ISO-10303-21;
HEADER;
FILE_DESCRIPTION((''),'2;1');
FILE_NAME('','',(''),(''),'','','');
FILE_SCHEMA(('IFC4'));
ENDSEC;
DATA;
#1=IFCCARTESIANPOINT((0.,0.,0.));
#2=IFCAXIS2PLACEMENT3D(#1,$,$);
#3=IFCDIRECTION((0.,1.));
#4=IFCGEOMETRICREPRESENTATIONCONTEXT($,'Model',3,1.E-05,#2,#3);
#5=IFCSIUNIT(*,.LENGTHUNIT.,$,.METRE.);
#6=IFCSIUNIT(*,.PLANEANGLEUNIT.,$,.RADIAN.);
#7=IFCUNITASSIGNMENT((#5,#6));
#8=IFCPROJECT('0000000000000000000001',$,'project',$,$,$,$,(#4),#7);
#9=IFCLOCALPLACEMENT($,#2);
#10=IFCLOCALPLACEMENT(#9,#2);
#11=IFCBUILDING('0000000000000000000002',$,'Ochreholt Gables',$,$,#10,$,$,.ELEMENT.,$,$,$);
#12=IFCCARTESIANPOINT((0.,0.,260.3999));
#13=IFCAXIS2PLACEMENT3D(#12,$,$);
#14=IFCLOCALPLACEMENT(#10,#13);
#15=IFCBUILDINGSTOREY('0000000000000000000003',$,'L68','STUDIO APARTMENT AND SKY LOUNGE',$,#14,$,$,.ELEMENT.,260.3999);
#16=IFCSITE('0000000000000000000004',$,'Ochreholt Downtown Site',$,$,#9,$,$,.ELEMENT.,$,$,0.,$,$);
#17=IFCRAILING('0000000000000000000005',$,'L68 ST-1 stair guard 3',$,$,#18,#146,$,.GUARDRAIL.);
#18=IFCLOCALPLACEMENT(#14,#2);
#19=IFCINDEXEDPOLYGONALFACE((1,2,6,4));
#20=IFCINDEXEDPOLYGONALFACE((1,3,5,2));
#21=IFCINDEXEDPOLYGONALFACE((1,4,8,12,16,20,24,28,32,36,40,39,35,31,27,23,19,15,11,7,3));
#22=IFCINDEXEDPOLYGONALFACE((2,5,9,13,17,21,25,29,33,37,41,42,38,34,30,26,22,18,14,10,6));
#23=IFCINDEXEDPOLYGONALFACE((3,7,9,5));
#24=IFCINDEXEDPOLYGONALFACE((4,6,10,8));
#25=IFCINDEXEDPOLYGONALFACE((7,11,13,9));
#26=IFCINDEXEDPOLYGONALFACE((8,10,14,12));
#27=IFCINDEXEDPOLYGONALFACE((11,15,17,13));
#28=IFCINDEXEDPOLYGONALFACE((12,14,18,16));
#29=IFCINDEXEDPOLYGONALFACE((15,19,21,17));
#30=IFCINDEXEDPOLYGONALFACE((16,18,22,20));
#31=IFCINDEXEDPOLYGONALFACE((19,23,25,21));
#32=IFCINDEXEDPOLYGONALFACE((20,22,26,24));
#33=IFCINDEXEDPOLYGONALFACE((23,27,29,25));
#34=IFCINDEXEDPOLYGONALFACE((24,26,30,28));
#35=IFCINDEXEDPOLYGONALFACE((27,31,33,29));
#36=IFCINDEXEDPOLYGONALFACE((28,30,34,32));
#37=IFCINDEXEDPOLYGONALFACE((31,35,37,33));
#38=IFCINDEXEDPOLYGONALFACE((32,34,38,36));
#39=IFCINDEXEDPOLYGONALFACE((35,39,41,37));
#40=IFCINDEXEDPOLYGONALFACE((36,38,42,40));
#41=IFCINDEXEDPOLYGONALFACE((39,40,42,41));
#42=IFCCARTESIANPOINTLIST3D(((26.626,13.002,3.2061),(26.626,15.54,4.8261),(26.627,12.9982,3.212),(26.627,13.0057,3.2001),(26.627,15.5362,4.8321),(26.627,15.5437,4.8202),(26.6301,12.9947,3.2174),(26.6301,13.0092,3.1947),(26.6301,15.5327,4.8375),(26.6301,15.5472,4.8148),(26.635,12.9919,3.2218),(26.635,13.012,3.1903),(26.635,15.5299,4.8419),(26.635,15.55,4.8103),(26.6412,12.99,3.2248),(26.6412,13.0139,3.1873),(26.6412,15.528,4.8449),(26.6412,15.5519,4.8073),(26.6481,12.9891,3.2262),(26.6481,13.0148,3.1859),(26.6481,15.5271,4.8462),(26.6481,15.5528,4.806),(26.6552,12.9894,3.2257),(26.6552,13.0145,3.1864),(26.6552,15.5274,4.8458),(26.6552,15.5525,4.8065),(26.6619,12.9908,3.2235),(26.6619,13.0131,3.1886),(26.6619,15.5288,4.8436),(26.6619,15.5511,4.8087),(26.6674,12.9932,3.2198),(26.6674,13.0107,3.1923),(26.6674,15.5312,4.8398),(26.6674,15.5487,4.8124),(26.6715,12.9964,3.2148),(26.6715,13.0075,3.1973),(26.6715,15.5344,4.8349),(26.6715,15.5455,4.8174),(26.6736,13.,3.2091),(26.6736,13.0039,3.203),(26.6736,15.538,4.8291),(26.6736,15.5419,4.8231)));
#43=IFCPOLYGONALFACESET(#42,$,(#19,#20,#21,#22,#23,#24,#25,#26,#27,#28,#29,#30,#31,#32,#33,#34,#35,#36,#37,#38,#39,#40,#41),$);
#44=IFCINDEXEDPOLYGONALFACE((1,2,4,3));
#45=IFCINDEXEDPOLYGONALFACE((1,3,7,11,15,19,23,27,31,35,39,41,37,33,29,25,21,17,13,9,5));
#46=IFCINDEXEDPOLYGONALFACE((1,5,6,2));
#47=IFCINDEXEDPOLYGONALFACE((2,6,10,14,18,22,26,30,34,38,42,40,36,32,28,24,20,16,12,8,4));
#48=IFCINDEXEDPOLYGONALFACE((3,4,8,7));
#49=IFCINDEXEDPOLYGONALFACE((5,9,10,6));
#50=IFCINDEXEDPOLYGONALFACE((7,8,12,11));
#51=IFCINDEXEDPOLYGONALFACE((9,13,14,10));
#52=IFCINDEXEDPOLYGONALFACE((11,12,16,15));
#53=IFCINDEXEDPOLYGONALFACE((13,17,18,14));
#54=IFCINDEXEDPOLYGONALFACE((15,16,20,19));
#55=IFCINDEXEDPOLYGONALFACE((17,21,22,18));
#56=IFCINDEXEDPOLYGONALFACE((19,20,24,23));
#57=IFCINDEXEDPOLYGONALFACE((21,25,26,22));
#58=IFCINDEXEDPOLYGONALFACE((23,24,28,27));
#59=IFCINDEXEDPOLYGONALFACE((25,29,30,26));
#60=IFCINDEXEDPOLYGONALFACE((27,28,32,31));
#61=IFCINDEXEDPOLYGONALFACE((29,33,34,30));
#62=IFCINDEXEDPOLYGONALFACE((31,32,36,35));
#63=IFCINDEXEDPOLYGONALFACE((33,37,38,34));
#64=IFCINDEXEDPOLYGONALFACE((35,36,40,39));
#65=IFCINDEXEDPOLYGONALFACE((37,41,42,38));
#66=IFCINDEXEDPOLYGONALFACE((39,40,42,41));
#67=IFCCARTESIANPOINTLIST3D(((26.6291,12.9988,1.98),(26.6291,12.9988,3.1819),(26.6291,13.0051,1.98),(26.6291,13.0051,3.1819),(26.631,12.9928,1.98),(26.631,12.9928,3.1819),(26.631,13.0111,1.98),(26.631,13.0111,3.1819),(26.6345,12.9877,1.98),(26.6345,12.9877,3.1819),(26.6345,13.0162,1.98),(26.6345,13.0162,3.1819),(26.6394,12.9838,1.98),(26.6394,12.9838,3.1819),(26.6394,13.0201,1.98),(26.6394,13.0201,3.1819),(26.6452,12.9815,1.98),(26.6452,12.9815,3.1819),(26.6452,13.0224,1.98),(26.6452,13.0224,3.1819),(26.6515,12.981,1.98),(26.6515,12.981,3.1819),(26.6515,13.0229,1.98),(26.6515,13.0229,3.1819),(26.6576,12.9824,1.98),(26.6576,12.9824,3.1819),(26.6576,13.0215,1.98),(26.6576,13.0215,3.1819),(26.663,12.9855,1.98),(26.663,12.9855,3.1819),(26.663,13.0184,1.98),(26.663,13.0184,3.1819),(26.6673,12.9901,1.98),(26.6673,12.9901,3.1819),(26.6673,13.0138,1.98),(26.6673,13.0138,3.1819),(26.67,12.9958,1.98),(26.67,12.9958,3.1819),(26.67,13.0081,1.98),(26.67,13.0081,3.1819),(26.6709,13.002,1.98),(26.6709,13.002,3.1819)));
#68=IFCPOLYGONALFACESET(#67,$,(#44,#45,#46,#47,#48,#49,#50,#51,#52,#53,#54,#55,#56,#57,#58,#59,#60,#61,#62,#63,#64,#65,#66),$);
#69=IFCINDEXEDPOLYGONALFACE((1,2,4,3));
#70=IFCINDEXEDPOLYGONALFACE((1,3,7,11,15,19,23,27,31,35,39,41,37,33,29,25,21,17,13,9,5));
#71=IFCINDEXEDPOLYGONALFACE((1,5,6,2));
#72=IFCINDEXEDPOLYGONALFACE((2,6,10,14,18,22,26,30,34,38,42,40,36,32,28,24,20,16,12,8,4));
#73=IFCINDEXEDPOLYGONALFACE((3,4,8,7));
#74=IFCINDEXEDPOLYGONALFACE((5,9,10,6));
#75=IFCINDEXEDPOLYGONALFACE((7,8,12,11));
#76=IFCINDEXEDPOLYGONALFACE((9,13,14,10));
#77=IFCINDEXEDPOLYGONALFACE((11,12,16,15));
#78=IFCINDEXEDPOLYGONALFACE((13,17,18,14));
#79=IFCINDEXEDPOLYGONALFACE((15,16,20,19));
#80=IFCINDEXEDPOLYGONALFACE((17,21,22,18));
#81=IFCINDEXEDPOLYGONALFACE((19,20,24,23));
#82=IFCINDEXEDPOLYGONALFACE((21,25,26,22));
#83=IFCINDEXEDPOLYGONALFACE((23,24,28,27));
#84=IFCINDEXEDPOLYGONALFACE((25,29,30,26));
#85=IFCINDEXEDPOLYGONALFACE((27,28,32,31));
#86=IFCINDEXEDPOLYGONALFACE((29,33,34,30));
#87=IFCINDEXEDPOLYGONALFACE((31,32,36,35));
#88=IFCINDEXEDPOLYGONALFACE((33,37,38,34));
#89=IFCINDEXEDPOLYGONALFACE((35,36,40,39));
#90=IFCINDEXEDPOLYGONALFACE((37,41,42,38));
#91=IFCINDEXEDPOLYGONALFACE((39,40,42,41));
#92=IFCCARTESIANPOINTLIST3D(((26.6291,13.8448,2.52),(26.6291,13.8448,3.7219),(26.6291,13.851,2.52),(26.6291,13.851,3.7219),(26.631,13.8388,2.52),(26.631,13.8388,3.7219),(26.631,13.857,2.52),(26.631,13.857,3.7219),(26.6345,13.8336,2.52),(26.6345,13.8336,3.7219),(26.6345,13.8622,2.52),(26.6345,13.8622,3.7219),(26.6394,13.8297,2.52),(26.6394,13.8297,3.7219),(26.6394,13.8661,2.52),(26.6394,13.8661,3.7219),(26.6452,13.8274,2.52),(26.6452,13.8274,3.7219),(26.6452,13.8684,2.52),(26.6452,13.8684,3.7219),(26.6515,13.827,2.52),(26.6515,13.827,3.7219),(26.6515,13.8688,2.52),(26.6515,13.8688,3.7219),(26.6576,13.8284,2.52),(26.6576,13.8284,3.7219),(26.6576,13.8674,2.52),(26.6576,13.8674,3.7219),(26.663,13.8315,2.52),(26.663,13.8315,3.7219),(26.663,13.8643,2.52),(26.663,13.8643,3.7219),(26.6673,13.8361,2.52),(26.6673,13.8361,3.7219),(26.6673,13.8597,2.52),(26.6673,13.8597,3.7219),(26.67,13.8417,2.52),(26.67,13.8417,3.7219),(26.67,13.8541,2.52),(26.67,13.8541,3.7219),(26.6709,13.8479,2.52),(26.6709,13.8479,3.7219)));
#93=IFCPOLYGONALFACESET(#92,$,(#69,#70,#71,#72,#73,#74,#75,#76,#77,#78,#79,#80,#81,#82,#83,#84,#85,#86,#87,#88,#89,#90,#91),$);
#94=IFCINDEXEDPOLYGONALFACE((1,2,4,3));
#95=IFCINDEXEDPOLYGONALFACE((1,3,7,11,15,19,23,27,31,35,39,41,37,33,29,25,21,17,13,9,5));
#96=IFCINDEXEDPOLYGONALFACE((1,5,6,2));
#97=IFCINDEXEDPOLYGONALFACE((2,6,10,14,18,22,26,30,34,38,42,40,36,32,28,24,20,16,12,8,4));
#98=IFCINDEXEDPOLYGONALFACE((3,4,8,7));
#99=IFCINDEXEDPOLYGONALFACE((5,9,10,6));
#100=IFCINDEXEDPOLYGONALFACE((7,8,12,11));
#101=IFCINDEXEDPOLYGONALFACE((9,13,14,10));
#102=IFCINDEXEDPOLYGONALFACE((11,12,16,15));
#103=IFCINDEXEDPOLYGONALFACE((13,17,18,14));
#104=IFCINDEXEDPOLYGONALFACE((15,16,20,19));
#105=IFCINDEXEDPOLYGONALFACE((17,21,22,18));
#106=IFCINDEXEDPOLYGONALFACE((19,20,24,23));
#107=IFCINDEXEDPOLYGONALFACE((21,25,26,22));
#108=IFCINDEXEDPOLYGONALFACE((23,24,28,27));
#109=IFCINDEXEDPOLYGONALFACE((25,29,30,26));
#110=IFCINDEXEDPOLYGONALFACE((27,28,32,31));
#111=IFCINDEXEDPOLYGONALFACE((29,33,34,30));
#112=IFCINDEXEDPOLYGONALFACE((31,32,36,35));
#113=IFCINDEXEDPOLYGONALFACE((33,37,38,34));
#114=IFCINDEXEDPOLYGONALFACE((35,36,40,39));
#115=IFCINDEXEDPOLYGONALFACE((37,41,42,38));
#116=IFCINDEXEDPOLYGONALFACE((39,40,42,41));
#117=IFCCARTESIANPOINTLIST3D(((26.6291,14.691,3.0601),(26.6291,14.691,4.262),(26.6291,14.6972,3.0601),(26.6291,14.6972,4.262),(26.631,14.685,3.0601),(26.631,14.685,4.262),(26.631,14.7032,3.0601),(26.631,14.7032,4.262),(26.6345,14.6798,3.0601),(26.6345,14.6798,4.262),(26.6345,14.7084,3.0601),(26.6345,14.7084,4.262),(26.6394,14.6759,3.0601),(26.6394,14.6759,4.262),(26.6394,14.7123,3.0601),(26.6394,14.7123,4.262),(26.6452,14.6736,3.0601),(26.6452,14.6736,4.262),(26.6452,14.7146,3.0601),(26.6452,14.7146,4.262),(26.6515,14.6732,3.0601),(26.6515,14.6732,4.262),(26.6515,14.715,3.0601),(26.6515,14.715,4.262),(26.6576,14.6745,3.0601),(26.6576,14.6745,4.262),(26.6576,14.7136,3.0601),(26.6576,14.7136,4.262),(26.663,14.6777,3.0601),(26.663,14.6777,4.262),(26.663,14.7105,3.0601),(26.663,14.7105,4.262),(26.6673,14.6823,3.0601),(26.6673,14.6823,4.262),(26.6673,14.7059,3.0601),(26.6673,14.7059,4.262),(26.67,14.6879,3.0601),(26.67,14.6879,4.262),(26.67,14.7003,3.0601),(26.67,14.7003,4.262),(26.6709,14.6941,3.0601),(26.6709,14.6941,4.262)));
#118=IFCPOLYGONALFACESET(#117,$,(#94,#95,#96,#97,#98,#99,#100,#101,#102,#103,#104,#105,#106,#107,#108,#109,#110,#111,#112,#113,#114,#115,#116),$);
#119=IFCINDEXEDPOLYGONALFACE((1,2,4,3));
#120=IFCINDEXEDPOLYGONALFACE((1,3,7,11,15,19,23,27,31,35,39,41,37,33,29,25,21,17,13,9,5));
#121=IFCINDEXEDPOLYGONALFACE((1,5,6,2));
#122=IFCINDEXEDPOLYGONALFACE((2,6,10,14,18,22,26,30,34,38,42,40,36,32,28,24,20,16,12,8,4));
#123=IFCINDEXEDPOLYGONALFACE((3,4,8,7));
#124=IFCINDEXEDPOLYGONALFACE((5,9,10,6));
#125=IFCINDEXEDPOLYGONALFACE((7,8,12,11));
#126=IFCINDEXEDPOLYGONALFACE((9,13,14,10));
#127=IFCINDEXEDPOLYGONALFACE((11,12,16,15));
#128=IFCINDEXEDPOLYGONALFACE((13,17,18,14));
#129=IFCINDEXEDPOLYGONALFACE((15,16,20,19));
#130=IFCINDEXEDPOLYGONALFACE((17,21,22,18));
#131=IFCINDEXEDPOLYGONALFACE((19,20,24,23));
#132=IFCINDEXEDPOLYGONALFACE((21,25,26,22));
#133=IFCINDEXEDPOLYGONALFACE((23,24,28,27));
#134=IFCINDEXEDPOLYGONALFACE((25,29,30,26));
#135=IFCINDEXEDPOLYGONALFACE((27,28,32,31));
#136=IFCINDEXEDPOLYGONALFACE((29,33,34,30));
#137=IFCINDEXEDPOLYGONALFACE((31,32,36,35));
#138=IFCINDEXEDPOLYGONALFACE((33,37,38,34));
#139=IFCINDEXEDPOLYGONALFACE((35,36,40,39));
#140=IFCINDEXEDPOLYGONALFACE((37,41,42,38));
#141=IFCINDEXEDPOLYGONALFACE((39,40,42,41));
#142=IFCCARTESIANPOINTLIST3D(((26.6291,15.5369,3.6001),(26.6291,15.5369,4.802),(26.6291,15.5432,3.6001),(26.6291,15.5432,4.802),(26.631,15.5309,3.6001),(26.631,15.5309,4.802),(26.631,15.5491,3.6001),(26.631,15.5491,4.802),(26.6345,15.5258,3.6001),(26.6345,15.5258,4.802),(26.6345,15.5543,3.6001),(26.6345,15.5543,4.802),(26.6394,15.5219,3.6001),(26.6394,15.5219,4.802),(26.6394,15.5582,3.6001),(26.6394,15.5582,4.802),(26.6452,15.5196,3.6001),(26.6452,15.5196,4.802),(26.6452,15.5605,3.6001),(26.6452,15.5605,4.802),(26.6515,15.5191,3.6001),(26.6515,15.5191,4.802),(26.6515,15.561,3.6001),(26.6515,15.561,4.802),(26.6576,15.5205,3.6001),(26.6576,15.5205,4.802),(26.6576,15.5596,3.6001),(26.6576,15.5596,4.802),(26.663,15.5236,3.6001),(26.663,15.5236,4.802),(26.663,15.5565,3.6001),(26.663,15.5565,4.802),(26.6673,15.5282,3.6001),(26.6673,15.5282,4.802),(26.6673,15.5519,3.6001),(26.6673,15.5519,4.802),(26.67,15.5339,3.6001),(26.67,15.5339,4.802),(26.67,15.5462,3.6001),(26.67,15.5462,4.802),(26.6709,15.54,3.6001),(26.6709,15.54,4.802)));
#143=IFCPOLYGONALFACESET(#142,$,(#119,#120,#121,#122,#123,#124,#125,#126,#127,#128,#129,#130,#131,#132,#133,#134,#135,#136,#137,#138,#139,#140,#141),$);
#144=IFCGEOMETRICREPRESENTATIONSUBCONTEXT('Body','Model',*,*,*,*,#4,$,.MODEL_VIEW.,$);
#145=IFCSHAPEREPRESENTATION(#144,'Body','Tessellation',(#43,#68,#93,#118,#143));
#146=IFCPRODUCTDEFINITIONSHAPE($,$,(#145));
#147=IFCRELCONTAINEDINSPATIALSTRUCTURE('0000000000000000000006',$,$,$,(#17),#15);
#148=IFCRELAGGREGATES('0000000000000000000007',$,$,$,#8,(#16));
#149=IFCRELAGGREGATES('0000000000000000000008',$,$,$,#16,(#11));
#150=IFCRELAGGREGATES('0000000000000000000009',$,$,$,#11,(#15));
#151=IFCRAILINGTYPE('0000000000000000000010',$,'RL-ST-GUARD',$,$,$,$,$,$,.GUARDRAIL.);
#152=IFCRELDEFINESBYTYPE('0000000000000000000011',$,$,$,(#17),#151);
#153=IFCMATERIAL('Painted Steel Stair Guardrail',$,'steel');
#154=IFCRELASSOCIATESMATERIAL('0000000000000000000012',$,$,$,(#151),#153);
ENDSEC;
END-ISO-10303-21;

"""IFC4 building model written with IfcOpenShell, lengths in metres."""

from ifc_helpers import new_model, si_unit, direction, frame, origin, origin_2d, place, context, subcontext, project, spatial, circle, extrude, material, type_object, element, save


model = new_model("IFC4")

# Units and contexts
model_context = context("Model", 3, precision=1e-05, world=origin(), true_north=direction((0.0, 1.0)))
body_context = subcontext(model_context, "Body", "Model", "MODEL_VIEW")
ifc_project = project(units=[si_unit("LENGTHUNIT", "METRE"), si_unit("PLANEANGLEUNIT", "RADIAN")], contexts=[model_context])

# Site, building, storey
site_placement = place(None, origin())
site = spatial("IfcSite", under=ifc_project, at=site_placement, Name="Ochreholt Downtown Site", CompositionType="ELEMENT", RefElevation=0.0)
building_placement = place(site_placement, origin())
building = spatial("IfcBuilding", under=site, at=building_placement, Name="Ochreholt Gables", CompositionType="ELEMENT")
storey_placement = place(building_placement, frame((0.0, 0.0, 260.3999)))
storey = spatial("IfcBuildingStorey", under=building, at=storey_placement, Name="L68", Description="STUDIO APARTMENT AND SKY LOUNGE", CompositionType="ELEMENT", Elevation=260.3999)

# Railing
ifc_material_1 = material(Name="Painted Steel Stair Guardrail", Category="steel")
railing_type_1 = type_object("IfcRailingType", Name="RL-ST-GUARD", PredefinedType="GUARDRAIL", material=ifc_material_1)
railing_1_placement = place(storey_placement, frame((26.6499, 13.002, 1.98)))
element("IfcRailing", 1, at=railing_1_placement, inside=storey, type_object=railing_type_1, Name="L68 ST-1 stair guard 3", PredefinedType="GUARDRAIL", context=body_context, shape_type="SweptSolid", body=[
    extrude(circle(Radius=0.0239, at=origin_2d()), frame((0.0, 0.0, 1.2261), z_axis=(0.0, 0.842913, 0.53805), x_axis=(-1.0, 0.0, 0.0)), (0.0, 0.0, 1.0), 3.011),
    extrude(circle(Radius=0.021, at=origin_2d()), origin(), (0.0, 0.0, 1.0), 1.2019),
    extrude(circle(Radius=0.021, at=origin_2d()), frame((0.0, 0.8459, 0.54)), (0.0, 0.0, 1.0), 1.2019),
    extrude(circle(Radius=0.021, at=origin_2d()), frame((0.0, 1.6921, 1.0801)), (0.0, 0.0, 1.0), 1.2019),
    extrude(circle(Radius=0.021, at=origin_2d()), frame((0.0, 2.5381, 1.6201)), (0.0, 0.0, 1.0), 1.2019),
])

save(model, "model.ifc")
